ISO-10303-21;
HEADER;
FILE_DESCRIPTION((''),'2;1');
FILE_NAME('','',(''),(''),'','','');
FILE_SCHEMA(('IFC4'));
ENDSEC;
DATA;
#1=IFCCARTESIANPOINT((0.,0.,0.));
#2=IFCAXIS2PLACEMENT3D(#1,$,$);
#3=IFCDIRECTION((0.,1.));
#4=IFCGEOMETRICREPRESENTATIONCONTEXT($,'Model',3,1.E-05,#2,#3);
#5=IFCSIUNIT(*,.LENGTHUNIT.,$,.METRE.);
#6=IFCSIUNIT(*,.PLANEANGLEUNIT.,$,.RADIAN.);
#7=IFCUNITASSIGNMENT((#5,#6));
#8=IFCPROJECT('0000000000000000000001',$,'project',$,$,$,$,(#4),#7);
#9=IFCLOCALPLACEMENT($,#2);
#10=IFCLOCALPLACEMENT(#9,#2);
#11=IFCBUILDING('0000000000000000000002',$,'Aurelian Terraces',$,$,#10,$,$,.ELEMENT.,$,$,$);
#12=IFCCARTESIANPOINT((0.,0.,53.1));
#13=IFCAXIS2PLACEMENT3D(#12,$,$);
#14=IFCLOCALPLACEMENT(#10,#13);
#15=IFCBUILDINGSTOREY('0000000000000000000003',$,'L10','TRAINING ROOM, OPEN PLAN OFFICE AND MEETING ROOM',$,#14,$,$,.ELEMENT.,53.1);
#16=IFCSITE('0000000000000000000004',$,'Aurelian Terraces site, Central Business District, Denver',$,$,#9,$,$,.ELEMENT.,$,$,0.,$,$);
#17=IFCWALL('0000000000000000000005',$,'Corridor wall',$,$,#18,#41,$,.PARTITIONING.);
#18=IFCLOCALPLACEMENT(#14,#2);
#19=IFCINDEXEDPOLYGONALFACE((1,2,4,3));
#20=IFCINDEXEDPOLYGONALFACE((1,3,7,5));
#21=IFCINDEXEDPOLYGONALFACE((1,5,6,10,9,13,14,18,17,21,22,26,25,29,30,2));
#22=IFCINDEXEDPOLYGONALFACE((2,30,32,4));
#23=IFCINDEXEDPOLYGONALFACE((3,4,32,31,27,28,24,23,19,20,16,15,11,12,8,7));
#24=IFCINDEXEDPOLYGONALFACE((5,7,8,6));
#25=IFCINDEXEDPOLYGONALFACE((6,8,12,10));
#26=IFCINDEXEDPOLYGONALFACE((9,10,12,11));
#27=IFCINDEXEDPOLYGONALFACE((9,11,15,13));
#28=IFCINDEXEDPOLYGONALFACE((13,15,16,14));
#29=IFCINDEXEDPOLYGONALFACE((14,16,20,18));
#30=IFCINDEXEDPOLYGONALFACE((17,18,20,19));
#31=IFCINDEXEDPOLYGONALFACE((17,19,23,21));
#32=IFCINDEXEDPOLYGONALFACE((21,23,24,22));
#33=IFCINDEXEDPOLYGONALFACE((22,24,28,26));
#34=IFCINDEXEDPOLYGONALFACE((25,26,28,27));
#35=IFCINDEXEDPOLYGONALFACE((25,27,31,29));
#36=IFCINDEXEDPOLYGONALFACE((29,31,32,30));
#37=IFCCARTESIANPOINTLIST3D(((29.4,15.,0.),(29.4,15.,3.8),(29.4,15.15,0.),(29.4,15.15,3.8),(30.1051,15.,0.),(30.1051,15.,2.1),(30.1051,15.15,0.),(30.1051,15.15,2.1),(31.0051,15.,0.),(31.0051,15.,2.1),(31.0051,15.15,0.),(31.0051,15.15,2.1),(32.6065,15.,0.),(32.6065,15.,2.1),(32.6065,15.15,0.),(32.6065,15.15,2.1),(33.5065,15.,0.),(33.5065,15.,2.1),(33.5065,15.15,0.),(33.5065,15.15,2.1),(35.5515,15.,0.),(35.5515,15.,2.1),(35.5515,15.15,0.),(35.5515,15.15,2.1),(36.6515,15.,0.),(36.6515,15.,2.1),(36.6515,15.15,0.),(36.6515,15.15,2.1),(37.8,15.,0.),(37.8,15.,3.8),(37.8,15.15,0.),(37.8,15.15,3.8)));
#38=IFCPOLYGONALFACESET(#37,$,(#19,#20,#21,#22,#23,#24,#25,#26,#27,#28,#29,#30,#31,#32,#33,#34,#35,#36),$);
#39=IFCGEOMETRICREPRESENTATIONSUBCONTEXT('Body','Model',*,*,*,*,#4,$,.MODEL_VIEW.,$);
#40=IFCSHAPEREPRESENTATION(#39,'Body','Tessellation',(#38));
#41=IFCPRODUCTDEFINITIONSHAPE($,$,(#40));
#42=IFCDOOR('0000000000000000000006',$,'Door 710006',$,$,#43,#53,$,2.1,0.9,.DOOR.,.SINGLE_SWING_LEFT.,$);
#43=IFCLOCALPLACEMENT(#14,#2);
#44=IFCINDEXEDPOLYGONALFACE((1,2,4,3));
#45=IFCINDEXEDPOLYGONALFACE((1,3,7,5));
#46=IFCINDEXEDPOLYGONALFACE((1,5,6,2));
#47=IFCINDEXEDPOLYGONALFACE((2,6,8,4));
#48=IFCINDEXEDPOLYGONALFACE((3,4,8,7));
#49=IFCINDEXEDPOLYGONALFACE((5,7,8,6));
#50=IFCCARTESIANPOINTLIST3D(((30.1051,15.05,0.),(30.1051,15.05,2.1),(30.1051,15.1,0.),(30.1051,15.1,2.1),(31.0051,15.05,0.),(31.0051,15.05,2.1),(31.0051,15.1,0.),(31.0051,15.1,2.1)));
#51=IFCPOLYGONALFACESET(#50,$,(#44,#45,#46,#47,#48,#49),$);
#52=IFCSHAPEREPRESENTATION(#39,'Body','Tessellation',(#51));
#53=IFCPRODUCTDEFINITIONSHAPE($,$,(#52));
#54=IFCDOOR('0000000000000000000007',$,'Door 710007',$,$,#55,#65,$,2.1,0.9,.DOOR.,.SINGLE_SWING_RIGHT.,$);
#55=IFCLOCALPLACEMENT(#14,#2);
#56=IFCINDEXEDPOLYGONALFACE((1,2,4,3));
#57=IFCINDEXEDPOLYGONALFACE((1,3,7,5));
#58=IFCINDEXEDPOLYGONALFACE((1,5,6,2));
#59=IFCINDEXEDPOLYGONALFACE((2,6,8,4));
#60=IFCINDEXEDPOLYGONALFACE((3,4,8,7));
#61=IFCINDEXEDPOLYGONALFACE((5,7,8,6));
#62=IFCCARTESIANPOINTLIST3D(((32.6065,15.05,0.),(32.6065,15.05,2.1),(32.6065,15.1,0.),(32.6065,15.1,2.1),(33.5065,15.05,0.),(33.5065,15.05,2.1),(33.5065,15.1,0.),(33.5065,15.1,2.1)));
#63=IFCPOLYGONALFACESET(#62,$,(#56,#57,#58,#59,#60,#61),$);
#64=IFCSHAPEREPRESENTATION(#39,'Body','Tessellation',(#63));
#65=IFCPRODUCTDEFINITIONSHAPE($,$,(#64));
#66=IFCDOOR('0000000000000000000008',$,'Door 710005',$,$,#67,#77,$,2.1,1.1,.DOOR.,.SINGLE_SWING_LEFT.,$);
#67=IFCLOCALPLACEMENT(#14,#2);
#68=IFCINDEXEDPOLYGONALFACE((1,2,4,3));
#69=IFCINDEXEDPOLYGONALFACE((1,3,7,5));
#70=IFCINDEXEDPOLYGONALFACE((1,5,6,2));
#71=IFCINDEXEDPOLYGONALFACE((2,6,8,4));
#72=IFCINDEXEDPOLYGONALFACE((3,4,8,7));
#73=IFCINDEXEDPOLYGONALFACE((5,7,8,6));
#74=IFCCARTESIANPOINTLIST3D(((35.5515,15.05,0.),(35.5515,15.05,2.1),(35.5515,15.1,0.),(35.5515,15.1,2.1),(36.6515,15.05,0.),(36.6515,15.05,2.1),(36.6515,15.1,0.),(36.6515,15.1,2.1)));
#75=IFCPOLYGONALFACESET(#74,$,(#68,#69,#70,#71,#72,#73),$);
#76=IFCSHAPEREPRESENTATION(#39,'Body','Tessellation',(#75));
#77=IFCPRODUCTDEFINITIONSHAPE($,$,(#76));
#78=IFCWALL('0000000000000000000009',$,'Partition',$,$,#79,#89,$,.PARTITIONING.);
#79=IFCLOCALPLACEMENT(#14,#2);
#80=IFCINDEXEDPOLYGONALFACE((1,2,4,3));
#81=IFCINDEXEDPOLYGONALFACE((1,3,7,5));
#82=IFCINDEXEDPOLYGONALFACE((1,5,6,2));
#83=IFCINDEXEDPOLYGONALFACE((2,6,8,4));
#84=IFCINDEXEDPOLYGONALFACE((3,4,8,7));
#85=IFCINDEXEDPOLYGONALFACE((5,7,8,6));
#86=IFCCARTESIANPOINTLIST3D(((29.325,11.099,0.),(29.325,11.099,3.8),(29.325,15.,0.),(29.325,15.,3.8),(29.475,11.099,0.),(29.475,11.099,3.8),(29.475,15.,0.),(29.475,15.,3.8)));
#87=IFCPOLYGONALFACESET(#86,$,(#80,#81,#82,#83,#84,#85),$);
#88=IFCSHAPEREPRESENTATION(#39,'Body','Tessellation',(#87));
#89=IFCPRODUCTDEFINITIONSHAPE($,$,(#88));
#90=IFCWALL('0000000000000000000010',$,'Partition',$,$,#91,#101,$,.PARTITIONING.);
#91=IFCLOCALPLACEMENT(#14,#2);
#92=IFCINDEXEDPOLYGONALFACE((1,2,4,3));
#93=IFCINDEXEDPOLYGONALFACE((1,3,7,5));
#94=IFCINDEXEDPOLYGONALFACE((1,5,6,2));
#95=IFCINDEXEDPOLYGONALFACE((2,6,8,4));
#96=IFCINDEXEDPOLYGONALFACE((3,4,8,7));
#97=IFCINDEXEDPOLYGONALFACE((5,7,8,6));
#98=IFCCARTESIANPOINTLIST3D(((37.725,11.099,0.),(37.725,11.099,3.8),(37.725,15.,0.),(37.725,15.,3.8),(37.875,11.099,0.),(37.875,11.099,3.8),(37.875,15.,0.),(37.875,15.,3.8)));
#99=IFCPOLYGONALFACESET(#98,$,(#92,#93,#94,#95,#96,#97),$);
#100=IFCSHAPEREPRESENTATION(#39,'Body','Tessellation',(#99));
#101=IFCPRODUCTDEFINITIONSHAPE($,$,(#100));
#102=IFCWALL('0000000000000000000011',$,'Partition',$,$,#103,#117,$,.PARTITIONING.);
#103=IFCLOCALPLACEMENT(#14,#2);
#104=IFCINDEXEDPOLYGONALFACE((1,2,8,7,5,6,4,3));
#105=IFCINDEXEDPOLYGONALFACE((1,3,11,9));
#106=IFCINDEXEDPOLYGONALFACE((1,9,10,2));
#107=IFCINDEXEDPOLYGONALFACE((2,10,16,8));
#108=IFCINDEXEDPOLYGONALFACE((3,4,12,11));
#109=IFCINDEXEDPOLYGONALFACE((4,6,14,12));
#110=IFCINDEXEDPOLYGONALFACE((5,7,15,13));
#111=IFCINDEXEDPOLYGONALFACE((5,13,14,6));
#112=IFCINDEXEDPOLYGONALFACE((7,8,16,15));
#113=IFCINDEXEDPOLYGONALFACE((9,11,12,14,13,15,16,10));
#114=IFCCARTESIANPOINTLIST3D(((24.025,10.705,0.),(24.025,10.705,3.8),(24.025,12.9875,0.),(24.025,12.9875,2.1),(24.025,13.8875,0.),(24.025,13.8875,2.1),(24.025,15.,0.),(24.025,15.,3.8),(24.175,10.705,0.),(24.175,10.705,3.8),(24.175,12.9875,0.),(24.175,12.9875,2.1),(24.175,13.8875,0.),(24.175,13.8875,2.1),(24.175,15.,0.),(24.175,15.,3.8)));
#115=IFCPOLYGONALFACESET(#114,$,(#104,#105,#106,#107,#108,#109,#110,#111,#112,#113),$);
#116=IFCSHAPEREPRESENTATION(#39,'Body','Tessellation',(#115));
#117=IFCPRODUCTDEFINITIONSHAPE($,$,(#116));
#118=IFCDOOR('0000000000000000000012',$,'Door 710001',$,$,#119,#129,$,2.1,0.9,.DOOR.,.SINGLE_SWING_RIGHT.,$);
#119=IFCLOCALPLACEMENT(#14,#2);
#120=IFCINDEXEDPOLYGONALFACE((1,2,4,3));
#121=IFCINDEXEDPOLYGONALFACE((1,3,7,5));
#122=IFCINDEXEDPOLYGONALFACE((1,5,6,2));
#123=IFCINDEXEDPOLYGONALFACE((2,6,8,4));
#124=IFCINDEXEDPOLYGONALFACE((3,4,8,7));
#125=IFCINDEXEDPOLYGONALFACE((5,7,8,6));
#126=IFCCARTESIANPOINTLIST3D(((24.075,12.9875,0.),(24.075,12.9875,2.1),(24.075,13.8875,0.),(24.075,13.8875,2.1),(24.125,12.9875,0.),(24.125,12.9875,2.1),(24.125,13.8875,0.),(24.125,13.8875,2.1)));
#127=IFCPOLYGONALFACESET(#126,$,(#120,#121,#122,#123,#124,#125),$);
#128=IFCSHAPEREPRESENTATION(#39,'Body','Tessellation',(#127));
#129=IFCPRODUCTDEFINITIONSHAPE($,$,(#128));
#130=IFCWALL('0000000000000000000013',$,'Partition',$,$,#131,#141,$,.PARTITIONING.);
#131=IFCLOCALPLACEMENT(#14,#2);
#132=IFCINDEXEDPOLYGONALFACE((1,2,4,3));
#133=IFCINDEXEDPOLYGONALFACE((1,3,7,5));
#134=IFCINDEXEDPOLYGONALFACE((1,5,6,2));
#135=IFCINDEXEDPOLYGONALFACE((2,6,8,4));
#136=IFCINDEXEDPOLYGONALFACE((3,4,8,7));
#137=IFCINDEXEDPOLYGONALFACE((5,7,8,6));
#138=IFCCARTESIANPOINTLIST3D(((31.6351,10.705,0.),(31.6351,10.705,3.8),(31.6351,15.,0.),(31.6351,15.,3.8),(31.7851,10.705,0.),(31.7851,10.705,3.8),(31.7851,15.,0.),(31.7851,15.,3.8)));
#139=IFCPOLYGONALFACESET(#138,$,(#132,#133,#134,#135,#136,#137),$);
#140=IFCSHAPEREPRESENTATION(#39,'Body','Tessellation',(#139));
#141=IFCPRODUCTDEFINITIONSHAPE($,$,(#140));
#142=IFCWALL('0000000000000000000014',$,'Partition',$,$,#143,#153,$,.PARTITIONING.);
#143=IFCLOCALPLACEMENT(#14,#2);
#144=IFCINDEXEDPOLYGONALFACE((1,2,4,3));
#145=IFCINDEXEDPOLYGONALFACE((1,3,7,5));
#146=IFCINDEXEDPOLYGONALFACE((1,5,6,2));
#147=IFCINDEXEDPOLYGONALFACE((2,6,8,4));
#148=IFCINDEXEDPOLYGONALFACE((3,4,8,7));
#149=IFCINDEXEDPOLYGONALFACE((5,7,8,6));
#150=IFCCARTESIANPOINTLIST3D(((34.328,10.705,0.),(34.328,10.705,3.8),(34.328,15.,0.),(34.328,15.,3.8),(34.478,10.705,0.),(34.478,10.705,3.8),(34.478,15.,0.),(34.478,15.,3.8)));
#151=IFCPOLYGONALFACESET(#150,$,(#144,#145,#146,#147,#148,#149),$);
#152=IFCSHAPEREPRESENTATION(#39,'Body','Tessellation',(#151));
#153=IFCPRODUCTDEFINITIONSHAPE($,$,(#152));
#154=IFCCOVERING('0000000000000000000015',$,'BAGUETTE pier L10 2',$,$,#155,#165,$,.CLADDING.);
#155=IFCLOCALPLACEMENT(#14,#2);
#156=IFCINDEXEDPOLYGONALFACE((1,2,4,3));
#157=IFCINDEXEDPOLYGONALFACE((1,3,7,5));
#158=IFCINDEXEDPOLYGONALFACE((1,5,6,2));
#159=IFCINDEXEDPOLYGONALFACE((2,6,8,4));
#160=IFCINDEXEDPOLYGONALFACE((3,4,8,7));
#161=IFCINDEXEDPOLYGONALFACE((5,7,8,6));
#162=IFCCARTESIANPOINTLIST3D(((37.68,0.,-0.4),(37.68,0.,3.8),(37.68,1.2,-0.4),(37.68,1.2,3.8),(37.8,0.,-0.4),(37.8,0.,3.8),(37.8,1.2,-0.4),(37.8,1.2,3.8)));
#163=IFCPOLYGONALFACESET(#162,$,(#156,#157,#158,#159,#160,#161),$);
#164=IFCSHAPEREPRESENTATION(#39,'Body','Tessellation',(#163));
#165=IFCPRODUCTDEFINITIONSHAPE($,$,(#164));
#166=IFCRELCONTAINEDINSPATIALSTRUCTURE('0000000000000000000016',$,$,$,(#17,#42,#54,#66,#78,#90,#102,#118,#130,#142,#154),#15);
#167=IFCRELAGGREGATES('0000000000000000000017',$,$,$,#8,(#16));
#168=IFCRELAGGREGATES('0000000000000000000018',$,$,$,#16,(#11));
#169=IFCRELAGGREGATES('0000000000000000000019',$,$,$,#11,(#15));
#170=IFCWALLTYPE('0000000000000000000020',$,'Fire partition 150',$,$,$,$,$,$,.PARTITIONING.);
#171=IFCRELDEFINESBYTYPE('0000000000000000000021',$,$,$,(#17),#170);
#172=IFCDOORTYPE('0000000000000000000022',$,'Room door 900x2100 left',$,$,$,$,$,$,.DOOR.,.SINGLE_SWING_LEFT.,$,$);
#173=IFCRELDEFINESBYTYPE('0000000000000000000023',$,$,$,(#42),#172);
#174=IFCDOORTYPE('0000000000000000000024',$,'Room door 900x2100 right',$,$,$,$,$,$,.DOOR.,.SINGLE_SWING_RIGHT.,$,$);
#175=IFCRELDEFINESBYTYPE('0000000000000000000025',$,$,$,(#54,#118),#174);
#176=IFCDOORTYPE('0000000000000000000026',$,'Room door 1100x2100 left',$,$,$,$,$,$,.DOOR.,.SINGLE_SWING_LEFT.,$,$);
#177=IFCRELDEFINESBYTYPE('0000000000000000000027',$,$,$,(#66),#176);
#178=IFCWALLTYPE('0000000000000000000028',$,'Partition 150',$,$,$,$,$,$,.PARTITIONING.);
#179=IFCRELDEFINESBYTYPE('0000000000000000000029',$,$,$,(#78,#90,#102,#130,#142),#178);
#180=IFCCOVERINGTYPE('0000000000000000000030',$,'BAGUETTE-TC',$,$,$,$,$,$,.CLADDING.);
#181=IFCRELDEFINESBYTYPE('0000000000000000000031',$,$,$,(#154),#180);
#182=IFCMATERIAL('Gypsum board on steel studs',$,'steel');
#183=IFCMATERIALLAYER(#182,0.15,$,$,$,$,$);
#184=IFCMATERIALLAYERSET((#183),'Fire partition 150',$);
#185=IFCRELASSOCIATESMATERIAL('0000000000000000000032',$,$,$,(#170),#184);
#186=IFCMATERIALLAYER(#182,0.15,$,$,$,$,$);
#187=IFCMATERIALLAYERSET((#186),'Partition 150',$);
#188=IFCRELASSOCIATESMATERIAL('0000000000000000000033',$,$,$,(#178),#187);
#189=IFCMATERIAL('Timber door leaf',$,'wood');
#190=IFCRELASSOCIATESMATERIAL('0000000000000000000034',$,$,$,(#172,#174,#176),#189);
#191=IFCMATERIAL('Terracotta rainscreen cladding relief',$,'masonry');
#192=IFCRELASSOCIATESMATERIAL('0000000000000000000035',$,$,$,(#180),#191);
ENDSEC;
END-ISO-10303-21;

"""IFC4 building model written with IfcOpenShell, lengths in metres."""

from ifc_helpers import new_model, si_unit, direction, frame, frame_2d, origin, origin_2d, place, context, subcontext, project, spatial, rectangle, extrude, source, transform, mapped, material, layer, layer_set, type_object, element, fill, save


model = new_model("IFC4")

# Units and contexts
model_context = context("Model", 3, precision=1e-05, world=origin(), true_north=direction((0.0, 1.0)))
body_context = subcontext(model_context, "Body", "Model", "MODEL_VIEW")
ifc_project = project(units=[si_unit("LENGTHUNIT", "METRE"), si_unit("PLANEANGLEUNIT", "RADIAN")], contexts=[model_context])

# Site, building, storey
site_placement = place(None, origin())
site = spatial("IfcSite", under=ifc_project, at=site_placement, Name="Aurelian Terraces site, Central Business District, Denver", CompositionType="ELEMENT", RefElevation=0.0)
building_placement = place(site_placement, origin())
building = spatial("IfcBuilding", under=site, at=building_placement, Name="Aurelian Terraces", CompositionType="ELEMENT")
storey_placement = place(building_placement, frame((0.0, 0.0, 53.1)))
storey = spatial("IfcBuildingStorey", under=building, at=storey_placement, Name="L10", Description="TRAINING ROOM, OPEN PLAN OFFICE AND MEETING ROOM", CompositionType="ELEMENT", Elevation=53.1)

# Shared definitions
ifc_material_1 = material(Name="Gypsum board on steel studs", Category="steel")
ifc_layer_1 = layer(ifc_material_1, 0.15)
ifc_layer_set_1 = layer_set([ifc_layer_1], Name="Fire partition 150")
wall_type_1 = type_object("IfcWallType", Name="Fire partition 150", PredefinedType="PARTITIONING", material=ifc_layer_set_1)
ifc_layer_2 = layer(ifc_material_1, 0.15)
ifc_layer_set_2 = layer_set([ifc_layer_2], Name="Partition 150")
wall_type_2 = type_object("IfcWallType", Name="Partition 150", PredefinedType="PARTITIONING", material=ifc_layer_set_2)

# Wall, openings, doors
shared_shape_1 = source(origin(), body_context, "Body", "SweptSolid", [
    extrude(rectangle(XDim=8.4, YDim=0.15, at=frame_2d((4.2, 0.0))), origin(), (0.0, 0.0, 1.0), 3.8),
])
wall_1_placement = place(storey_placement, frame((37.8, 15.075, 0.0), z_axis=(0.0, 0.0, 1.0), x_axis=(-1.0, 0.0, 0.0)))
wall_1 = element("IfcWall", 1, at=wall_1_placement, inside=storey, type_object=wall_type_1, Name="Corridor wall", PredefinedType="PARTITIONING", context=body_context, shape_type="MappedRepresentation", body=[
    mapped(shared_shape_1, transform((0.0, 0.0, 0.0), scale=1.0)),
])
shared_shape_2 = source(origin(), body_context, "Body", "SweptSolid", [
    extrude(rectangle(XDim=1.1, YDim=2.1, at=frame_2d((0.55, 1.05))), frame((0.0, 0.085, 0.0), z_axis=(0.0, -1.0, 0.0), x_axis=(1.0, 0.0, 0.0)), (0.0, 0.0, 1.0), 0.17),
])
opening_1_placement = place(wall_1_placement, frame((1.1485, 0.0, 0.0)))
opening_1 = element("IfcOpeningElement", 2, at=opening_1_placement, cuts=wall_1, PredefinedType="OPENING", context=body_context, shape_type="MappedRepresentation", body=[
    mapped(shared_shape_2, transform((0.0, 0.0, 0.0), scale=1.0)),
])
shared_shape_3 = source(origin(), body_context, "Body", "SweptSolid", [
    extrude(rectangle(XDim=0.9, YDim=2.1, at=frame_2d((0.45, 1.05))), frame((0.0, 0.085, 0.0), z_axis=(0.0, -1.0, 0.0), x_axis=(1.0, 0.0, 0.0)), (0.0, 0.0, 1.0), 0.17),
])
opening_2_placement = place(wall_1_placement, frame((6.7949, 0.0, 0.0)))
opening_2 = element("IfcOpeningElement", 3, at=opening_2_placement, cuts=wall_1, PredefinedType="OPENING", context=body_context, shape_type="MappedRepresentation", body=[
    mapped(shared_shape_3, transform((0.0, 0.0, 0.0), scale=1.0)),
])
opening_3_placement = place(wall_1_placement, frame((4.2935, 0.0, 0.0)))
opening_3 = element("IfcOpeningElement", 4, at=opening_3_placement, cuts=wall_1, PredefinedType="OPENING", context=body_context, shape_type="MappedRepresentation", body=[
    mapped(shared_shape_3, transform((0.0, 0.0, 0.0), scale=1.0)),
])
ifc_material_2 = material(Name="Timber door leaf", Category="wood")
door_type_1 = type_object("IfcDoorType", Name="Room door 900x2100 left", OperationType="SINGLE_SWING_LEFT", PredefinedType="DOOR", material=ifc_material_2)
shared_shape_4 = source(origin(), body_context, "Body", "SweptSolid", [
    extrude(rectangle(XDim=0.9, YDim=2.1, at=frame_2d((0.45, 1.05))), frame((0.0, 0.025, 0.0), z_axis=(0.0, -1.0, 0.0), x_axis=(1.0, 0.0, 0.0)), (0.0, 0.0, 1.0), 0.05),
])
door_1_placement = place(opening_2_placement, origin())
door_1 = element("IfcDoor", 5, at=door_1_placement, inside=storey, type_object=door_type_1, Name="Door 710006", OperationType="SINGLE_SWING_LEFT", OverallHeight=2.1, OverallWidth=0.9, PredefinedType="DOOR", context=body_context, shape_type="MappedRepresentation", body=[
    mapped(shared_shape_4, transform((0.0, 0.0, 0.0), scale=1.0)),
])
fill(opening_2, door_1)
door_type_2 = type_object("IfcDoorType", Name="Room door 900x2100 right", OperationType="SINGLE_SWING_RIGHT", PredefinedType="DOOR", material=ifc_material_2)
door_2_placement = place(opening_3_placement, origin())
door_2 = element("IfcDoor", 6, at=door_2_placement, inside=storey, type_object=door_type_2, Name="Door 710007", OperationType="SINGLE_SWING_RIGHT", OverallHeight=2.1, OverallWidth=0.9, PredefinedType="DOOR", context=body_context, shape_type="MappedRepresentation", body=[
    mapped(shared_shape_4, transform((0.0, 0.0, 0.0), scale=1.0)),
])
fill(opening_3, door_2)
door_type_3 = type_object("IfcDoorType", Name="Room door 1100x2100 left", OperationType="SINGLE_SWING_LEFT", PredefinedType="DOOR", material=ifc_material_2)
shared_shape_5 = source(origin(), body_context, "Body", "SweptSolid", [
    extrude(rectangle(XDim=1.1, YDim=2.1, at=frame_2d((0.55, 1.05))), frame((0.0, 0.025, 0.0), z_axis=(0.0, -1.0, 0.0), x_axis=(1.0, 0.0, 0.0)), (0.0, 0.0, 1.0), 0.05),
])
door_3_placement = place(opening_1_placement, origin())
door_3 = element("IfcDoor", 7, at=door_3_placement, inside=storey, type_object=door_type_3, Name="Door 710005", OperationType="SINGLE_SWING_LEFT", OverallHeight=2.1, OverallWidth=1.1, PredefinedType="DOOR", context=body_context, shape_type="MappedRepresentation", body=[
    mapped(shared_shape_5, transform((0.0, 0.0, 0.0), scale=1.0)),
])
fill(opening_1, door_3)

# Walls
shared_shape_6 = source(origin(), body_context, "Body", "SweptSolid", [
    extrude(rectangle(XDim=3.901, YDim=0.15, at=frame_2d((1.9505, 0.0))), origin(), (0.0, 0.0, 1.0), 3.8),
])
for number, where, z_axis, x_axis, name in (
    (8, (29.4, 11.099, 0.0), (0.0, 0.0, 1.0), (0.0, 1.0, 0.0), "Partition"),
    (9, (37.8, 11.099, 0.0), (0.0, 0.0, 1.0), (0.0, 1.0, 0.0), "Partition"),
):
    element("IfcWall", number, at=place(storey_placement, frame(where, z_axis=z_axis, x_axis=x_axis)), inside=storey, type_object=wall_type_2, Name=name, PredefinedType="PARTITIONING", context=body_context, shape_type="MappedRepresentation", body=[
        mapped(shared_shape_6, transform((0.0, 0.0, 0.0), scale=1.0)),
    ])

# Wall, opening, door
shared_shape_7 = source(origin(), body_context, "Body", "SweptSolid", [
    extrude(rectangle(XDim=4.295, YDim=0.15, at=frame_2d((2.1475, 0.0))), origin(), (0.0, 0.0, 1.0), 3.8),
])
wall_2_placement = place(storey_placement, frame((24.1, 15.0, 0.0), z_axis=(0.0, 0.0, 1.0), x_axis=(0.0, -1.0, 0.0)))
wall_2 = element("IfcWall", 10, at=wall_2_placement, inside=storey, type_object=wall_type_2, Name="Partition", PredefinedType="PARTITIONING", context=body_context, shape_type="MappedRepresentation", body=[
    mapped(shared_shape_7, transform((0.0, 0.0, 0.0), scale=1.0)),
])
opening_4_placement = place(wall_2_placement, frame((1.1125, 0.0, 0.0)))
opening_4 = element("IfcOpeningElement", 11, at=opening_4_placement, cuts=wall_2, PredefinedType="OPENING", context=body_context, shape_type="MappedRepresentation", body=[
    mapped(shared_shape_3, transform((0.0, 0.0, 0.0), scale=1.0)),
])
door_4_placement = place(opening_4_placement, origin())
door_4 = element("IfcDoor", 12, at=door_4_placement, inside=storey, type_object=door_type_2, Name="Door 710001", OperationType="SINGLE_SWING_RIGHT", OverallHeight=2.1, OverallWidth=0.9, PredefinedType="DOOR", context=body_context, shape_type="MappedRepresentation", body=[
    mapped(shared_shape_4, transform((0.0, 0.0, 0.0), scale=1.0)),
])
fill(opening_4, door_4)

# Walls
for number, where, z_axis, x_axis, name in (
    (13, (31.7101, 10.705, 0.0), (0.0, 0.0, 1.0), (0.0, 1.0, 0.0), "Partition"),
    (14, (34.403, 10.705, 0.0), (0.0, 0.0, 1.0), (0.0, 1.0, 0.0), "Partition"),
):
    element("IfcWall", number, at=place(storey_placement, frame(where, z_axis=z_axis, x_axis=x_axis)), inside=storey, type_object=wall_type_2, Name=name, PredefinedType="PARTITIONING", context=body_context, shape_type="MappedRepresentation", body=[
        mapped(shared_shape_7, transform((0.0, 0.0, 0.0), scale=1.0)),
    ])

# Covering
ifc_material_3 = material(Name="Terracotta rainscreen cladding relief", Category="masonry")
covering_type = type_object("IfcCoveringType", Name="BAGUETTE-TC", PredefinedType="CLADDING", material=ifc_material_3)
shared_shape_8 = source(origin(), body_context, "Body", "SweptSolid", [
    extrude(rectangle(XDim=0.12, YDim=1.2, at=origin_2d()), origin(), (0.0, 0.0, 1.0), 4.2),
])
covering_placement = place(storey_placement, frame((37.74, 0.6, -0.4), z_axis=(0.0, 0.0, 1.0), x_axis=(1.0, 0.0, 0.0)))
element("IfcCovering", 15, at=covering_placement, inside=storey, type_object=covering_type, Name="BAGUETTE pier L10 2", PredefinedType="CLADDING", context=body_context, shape_type="MappedRepresentation", body=[
    mapped(shared_shape_8, transform((0.0, 0.0, 0.0), scale=1.0)),
])

save(model, "model.ifc")
